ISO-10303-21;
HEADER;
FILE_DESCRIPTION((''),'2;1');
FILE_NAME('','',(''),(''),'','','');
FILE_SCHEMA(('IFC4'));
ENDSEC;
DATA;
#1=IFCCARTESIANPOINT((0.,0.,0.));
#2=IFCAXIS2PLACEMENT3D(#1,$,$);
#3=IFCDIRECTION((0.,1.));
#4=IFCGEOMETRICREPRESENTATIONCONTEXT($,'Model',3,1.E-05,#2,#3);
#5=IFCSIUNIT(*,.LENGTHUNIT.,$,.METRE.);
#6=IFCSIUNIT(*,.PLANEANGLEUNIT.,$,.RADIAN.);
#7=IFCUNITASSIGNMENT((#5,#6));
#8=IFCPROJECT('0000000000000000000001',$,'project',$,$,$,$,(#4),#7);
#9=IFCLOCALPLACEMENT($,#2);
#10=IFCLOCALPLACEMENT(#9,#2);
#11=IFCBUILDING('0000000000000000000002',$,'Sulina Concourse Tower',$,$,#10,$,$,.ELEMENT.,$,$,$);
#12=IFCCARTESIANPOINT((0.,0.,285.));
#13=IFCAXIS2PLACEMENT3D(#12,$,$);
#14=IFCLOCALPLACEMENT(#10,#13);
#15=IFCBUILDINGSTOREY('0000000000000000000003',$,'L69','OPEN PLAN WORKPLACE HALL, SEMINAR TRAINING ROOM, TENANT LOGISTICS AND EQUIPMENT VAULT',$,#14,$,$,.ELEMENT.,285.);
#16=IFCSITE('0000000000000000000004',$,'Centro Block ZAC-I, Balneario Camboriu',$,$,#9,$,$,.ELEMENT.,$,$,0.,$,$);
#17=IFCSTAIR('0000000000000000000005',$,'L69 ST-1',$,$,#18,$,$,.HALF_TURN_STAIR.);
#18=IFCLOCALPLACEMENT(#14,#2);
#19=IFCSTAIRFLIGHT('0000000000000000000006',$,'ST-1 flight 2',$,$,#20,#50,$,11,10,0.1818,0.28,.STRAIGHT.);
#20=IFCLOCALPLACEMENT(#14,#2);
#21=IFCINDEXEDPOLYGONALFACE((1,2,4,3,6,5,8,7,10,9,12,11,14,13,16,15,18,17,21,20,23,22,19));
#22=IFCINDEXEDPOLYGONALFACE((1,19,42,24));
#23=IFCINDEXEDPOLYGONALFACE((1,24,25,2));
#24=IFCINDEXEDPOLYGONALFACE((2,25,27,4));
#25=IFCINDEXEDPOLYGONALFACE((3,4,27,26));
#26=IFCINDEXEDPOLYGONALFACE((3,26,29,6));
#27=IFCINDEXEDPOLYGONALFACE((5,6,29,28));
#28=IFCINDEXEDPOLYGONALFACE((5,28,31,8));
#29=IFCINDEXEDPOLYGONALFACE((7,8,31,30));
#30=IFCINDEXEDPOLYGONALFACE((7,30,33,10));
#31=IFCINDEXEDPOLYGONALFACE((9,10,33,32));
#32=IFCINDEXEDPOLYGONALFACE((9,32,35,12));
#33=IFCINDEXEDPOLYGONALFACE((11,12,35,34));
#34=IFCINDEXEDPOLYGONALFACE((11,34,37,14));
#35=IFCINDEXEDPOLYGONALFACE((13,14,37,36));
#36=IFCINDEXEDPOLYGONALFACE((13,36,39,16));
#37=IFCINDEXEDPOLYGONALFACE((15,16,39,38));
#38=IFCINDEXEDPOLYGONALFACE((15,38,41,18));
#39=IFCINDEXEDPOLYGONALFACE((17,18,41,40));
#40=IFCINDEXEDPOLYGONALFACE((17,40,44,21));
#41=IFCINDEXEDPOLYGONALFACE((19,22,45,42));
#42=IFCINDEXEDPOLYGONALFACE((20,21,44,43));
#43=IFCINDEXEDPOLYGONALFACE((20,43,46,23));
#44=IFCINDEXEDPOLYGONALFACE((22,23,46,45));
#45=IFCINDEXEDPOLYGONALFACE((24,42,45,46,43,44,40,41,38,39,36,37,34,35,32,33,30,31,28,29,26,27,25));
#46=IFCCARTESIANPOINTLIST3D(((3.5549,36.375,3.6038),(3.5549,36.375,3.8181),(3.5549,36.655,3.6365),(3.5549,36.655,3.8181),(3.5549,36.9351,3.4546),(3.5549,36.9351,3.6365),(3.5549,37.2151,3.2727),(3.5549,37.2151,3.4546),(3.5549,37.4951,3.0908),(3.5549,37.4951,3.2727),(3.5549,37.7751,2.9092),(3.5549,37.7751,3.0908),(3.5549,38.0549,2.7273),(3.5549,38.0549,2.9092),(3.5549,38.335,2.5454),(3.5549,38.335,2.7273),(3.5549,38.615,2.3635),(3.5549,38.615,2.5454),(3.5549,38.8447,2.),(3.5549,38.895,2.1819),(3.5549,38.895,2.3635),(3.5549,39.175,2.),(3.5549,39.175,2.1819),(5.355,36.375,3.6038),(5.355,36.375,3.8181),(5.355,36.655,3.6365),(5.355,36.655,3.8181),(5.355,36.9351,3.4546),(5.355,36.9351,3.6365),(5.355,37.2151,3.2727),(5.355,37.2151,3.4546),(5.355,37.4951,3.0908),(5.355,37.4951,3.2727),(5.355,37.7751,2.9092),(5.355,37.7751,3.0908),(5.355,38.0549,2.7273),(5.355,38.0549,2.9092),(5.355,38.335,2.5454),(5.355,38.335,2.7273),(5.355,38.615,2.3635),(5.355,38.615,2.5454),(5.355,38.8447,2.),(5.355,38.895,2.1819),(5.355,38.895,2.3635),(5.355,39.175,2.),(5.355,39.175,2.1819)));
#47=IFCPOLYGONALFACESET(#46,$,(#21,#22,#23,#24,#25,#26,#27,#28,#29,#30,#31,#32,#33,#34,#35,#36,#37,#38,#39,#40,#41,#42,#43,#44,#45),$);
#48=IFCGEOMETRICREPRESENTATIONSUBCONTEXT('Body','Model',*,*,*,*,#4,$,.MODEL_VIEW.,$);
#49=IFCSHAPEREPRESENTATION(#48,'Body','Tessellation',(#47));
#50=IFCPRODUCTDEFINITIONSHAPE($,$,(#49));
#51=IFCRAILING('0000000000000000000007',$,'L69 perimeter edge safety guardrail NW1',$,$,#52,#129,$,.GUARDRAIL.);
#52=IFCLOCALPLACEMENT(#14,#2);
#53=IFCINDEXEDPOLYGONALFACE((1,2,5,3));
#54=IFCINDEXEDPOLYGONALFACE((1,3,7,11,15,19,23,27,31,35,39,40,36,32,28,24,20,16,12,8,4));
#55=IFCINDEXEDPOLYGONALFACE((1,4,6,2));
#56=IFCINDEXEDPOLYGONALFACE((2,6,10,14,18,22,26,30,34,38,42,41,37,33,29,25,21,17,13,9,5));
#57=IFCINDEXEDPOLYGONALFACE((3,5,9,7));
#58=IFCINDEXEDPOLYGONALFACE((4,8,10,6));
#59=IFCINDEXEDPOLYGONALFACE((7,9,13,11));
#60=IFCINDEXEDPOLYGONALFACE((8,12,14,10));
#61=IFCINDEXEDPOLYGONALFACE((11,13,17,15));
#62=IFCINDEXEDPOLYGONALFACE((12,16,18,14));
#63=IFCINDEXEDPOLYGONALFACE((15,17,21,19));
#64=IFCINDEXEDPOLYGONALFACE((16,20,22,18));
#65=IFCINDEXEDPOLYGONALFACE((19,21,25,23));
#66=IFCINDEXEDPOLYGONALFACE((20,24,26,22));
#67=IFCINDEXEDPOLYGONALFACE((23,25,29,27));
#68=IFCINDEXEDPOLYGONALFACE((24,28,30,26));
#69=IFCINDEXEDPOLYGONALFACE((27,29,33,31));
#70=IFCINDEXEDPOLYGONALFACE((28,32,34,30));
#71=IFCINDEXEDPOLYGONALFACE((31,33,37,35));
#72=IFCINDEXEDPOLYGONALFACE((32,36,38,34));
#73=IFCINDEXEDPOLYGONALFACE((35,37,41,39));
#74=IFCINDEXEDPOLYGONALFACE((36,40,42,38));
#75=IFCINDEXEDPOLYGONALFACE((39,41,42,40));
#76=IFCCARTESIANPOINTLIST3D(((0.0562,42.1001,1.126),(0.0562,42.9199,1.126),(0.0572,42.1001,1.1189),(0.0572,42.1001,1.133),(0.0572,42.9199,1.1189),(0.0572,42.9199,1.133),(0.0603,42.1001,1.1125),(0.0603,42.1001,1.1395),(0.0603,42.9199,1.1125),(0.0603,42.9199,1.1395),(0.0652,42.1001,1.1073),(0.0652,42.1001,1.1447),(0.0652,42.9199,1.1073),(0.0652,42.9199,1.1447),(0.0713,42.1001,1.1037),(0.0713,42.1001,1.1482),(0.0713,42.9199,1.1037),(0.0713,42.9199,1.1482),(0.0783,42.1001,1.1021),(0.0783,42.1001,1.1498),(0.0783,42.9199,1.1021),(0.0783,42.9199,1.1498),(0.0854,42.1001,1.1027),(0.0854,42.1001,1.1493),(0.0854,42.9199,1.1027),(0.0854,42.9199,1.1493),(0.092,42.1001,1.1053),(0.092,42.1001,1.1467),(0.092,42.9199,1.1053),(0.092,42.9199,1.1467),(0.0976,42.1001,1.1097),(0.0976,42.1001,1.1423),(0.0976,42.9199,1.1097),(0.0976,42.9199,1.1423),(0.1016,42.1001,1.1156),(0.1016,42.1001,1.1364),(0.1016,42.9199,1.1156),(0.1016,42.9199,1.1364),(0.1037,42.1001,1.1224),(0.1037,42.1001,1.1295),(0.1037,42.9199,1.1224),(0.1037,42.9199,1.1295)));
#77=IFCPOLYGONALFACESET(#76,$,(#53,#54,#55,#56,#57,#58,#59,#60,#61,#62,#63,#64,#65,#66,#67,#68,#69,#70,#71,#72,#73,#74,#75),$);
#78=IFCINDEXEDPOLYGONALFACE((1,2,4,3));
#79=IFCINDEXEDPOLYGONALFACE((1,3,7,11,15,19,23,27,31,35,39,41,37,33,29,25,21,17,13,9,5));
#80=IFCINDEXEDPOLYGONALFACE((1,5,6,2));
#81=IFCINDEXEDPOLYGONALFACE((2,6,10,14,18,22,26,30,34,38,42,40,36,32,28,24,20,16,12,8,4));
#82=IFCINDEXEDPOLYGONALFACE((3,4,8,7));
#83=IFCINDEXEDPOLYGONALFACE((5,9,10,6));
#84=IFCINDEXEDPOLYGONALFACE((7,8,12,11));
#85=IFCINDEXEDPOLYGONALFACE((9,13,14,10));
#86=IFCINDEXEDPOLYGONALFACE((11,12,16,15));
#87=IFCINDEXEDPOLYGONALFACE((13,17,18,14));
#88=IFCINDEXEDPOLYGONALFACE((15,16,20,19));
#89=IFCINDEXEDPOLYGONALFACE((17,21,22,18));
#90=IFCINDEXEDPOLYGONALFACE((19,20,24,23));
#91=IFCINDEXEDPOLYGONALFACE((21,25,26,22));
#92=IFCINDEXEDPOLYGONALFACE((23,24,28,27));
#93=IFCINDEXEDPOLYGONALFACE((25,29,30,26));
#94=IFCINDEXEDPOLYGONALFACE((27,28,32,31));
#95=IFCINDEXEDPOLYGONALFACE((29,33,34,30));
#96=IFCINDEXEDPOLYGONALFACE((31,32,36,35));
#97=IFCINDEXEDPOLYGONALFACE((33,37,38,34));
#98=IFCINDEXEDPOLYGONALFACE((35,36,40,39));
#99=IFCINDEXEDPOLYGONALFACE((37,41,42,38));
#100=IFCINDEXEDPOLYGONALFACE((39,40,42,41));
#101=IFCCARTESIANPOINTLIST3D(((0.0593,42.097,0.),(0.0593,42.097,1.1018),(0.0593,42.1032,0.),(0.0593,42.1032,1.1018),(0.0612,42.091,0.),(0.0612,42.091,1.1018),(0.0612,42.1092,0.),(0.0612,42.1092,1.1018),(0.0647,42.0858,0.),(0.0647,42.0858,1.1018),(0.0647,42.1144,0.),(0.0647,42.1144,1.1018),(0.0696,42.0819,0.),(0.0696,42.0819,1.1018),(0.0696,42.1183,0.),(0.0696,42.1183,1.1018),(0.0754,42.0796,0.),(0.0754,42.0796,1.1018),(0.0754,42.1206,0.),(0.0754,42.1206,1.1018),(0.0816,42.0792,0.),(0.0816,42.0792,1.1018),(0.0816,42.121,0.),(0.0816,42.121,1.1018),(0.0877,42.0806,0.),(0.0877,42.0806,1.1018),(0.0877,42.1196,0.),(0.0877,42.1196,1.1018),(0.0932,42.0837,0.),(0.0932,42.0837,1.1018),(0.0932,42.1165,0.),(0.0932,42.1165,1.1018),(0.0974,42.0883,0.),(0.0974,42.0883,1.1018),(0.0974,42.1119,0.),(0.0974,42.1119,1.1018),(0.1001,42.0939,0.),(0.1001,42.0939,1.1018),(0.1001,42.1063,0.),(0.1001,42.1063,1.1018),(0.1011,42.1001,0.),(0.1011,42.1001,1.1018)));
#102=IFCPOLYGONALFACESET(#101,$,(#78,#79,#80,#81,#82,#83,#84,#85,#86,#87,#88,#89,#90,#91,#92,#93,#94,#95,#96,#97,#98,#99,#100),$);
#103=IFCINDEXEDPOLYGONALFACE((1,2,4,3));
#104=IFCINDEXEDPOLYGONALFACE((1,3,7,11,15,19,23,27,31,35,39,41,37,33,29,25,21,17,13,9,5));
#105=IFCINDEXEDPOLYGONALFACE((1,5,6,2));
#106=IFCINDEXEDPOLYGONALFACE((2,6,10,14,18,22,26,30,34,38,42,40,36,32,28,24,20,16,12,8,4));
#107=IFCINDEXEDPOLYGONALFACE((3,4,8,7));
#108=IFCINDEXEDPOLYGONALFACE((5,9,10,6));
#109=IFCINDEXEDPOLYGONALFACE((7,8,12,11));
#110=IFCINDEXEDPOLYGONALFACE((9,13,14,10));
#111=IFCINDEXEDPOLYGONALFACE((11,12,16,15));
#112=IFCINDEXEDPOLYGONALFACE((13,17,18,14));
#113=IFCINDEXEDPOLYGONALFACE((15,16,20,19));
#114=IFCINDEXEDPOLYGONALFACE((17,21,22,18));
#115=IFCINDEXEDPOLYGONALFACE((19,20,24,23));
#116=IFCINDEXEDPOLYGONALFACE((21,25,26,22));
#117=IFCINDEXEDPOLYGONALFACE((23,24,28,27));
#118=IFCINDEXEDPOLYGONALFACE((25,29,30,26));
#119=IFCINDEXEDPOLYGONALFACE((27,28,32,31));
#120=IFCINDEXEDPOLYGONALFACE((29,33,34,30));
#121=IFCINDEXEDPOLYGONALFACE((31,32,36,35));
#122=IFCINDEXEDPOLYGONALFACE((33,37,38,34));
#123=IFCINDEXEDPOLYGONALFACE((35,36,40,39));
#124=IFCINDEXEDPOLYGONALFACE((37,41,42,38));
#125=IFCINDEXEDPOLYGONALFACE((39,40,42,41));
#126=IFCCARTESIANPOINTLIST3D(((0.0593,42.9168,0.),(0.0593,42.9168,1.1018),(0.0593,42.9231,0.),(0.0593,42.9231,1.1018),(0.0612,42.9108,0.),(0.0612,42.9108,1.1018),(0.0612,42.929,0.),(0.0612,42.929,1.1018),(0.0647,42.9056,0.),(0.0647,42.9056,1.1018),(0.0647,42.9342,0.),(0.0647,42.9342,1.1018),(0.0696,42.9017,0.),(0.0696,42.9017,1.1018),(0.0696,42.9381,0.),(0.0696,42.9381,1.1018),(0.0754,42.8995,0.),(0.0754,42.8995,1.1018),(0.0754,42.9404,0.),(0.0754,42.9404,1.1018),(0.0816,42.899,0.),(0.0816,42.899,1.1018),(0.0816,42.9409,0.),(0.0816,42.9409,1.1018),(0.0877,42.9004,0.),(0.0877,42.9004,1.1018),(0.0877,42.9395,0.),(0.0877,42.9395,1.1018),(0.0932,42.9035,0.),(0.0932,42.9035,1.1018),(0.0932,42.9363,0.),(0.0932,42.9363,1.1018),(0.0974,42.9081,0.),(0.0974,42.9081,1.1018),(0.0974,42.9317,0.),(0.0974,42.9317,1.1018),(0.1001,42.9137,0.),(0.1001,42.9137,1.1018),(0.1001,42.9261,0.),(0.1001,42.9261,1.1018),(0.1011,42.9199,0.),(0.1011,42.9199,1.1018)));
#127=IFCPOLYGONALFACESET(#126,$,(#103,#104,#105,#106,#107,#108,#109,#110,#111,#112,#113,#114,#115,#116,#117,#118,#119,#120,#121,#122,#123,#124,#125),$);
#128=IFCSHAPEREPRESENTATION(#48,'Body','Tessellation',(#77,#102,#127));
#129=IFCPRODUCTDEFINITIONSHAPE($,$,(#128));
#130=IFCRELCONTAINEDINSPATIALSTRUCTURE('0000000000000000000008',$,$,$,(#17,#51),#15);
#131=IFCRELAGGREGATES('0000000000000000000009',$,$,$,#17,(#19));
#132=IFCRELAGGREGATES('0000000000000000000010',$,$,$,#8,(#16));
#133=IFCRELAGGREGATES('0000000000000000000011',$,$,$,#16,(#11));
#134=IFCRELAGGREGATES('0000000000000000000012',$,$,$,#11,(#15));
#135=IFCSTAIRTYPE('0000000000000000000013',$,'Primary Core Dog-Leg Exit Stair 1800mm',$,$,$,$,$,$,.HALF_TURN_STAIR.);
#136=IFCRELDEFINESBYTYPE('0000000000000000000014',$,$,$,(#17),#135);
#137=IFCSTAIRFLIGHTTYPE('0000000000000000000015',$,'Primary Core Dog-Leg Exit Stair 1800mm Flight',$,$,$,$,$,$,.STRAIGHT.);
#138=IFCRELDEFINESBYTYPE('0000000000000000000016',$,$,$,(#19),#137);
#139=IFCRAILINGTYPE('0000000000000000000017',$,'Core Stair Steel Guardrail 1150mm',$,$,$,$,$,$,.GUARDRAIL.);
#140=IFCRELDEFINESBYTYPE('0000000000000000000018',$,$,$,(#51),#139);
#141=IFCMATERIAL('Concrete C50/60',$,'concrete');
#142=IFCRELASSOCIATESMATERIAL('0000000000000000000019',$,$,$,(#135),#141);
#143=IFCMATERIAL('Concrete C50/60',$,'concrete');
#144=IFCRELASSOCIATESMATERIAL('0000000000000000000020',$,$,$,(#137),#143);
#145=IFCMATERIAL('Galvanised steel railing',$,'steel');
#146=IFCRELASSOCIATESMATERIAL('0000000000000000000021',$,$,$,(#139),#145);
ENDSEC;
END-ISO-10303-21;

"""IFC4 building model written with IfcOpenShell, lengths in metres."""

from ifc_helpers import new_model, si_unit, direction, frame, origin, origin_2d, place, context, subcontext, project, spatial, polyline, circle, outline, extrude, material, type_object, element, aggregate, save


model = new_model("IFC4")

# Units and contexts
model_context = context("Model", 3, precision=1e-05, world=origin(), true_north=direction((0.0, 1.0)))
body_context = subcontext(model_context, "Body", "Model", "MODEL_VIEW")
ifc_project = project(units=[si_unit("LENGTHUNIT", "METRE"), si_unit("PLANEANGLEUNIT", "RADIAN")], contexts=[model_context])

# Site, building, storey
site_placement = place(None, origin())
site = spatial("IfcSite", under=ifc_project, at=site_placement, Name="Centro Block ZAC-I, Balneario Camboriu", CompositionType="ELEMENT", RefElevation=0.0)
building_placement = place(site_placement, origin())
building = spatial("IfcBuilding", under=site, at=building_placement, Name="Sulina Concourse Tower", CompositionType="ELEMENT")
storey_placement = place(building_placement, frame((0.0, 0.0, 285.0)))
storey = spatial("IfcBuildingStorey", under=building, at=storey_placement, Name="L69", Description="OPEN PLAN WORKPLACE HALL, SEMINAR TRAINING ROOM, TENANT LOGISTICS AND EQUIPMENT VAULT", CompositionType="ELEMENT", Elevation=285.0)

# Stair, stair flight
ifc_material_1 = material(Name="Concrete C50/60", Category="concrete")
stair_type = type_object("IfcStairType", Name="Primary Core Dog-Leg Exit Stair 1800mm", PredefinedType="HALF_TURN_STAIR", material=ifc_material_1)
stair_placement = place(storey_placement, origin())
stair = element("IfcStair", 1, at=stair_placement, inside=storey, type_object=stair_type, Name="L69 ST-1", PredefinedType="HALF_TURN_STAIR")
ifc_material_2 = material(Name="Concrete C50/60", Category="concrete")
stair_flight_type = type_object("IfcStairFlightType", Name="Primary Core Dog-Leg Exit Stair 1800mm Flight", PredefinedType="STRAIGHT", material=ifc_material_2)
stair_flight_1_placement = place(storey_placement, frame((4.4551, 39.175, 2.0), z_axis=(0.0, 0.0, 1.0), x_axis=(0.0, -1.0, 0.0)))
stair_flight_1 = element("IfcStairFlight", 2, at=stair_flight_1_placement, type_object=stair_flight_type, Name="ST-1 flight 2", NumberOfRisers=11, NumberOfTreads=10, PredefinedType="STRAIGHT", RiserHeight=0.1818, TreadLength=0.28, context=body_context, shape_type="SweptSolid", body=[
    extrude(outline(polyline([(0.0, 0.0), (0.0, 0.1819), (0.28, 0.1819), (0.28, 0.3635), (0.5601, 0.3635), (0.5601, 0.5454), (0.8401, 0.5454), (0.8401, 0.7273), (1.1201, 0.7273), (1.1201, 0.9092), (1.3999, 0.9092), (1.3999, 1.0908), (1.6799, 1.0908), (1.6799, 1.2727), (1.96, 1.2727), (1.96, 1.4546), (2.24, 1.4546), (2.24, 1.6365), (2.52, 1.6365), (2.52, 1.8181), (2.8, 1.8181), (2.8, 2.0), (2.8, 1.6038), (0.3303, 0.0), (0.0, 0.0)])), frame((0.0, 0.8999, 0.0), z_axis=(0.0, -1.0, 0.0), x_axis=(1.0, 0.0, 0.0)), (0.0, 0.0, 1.0), 1.8),
])
aggregate(stair, [stair_flight_1])

# Railing
ifc_material_3 = material(Name="Galvanised steel railing", Category="steel")
railing_type_1 = type_object("IfcRailingType", Name="Core Stair Steel Guardrail 1150mm", PredefinedType="GUARDRAIL", material=ifc_material_3)
railing_1_placement = place(storey_placement, frame((0.0801, 42.1001, 0.0)))
element("IfcRailing", 3, at=railing_1_placement, inside=storey, type_object=railing_type_1, Name="L69 perimeter edge safety guardrail NW1", PredefinedType="GUARDRAIL", context=body_context, shape_type="SweptSolid", body=[
    extrude(circle(Radius=0.0239, at=origin_2d()), frame((0.0, 0.0, 1.126), z_axis=(0.0, 1.0, 0.0), x_axis=(-1.0, 0.0, 0.0)), (0.0, 0.0, 1.0), 0.8198),
    extrude(circle(Radius=0.021, at=origin_2d()), origin(), (0.0, 0.0, 1.0), 1.1018),
    extrude(circle(Radius=0.021, at=origin_2d()), frame((0.0, 0.8198, 0.0)), (0.0, 0.0, 1.0), 1.1018),
])

save(model, "model.ifc")
